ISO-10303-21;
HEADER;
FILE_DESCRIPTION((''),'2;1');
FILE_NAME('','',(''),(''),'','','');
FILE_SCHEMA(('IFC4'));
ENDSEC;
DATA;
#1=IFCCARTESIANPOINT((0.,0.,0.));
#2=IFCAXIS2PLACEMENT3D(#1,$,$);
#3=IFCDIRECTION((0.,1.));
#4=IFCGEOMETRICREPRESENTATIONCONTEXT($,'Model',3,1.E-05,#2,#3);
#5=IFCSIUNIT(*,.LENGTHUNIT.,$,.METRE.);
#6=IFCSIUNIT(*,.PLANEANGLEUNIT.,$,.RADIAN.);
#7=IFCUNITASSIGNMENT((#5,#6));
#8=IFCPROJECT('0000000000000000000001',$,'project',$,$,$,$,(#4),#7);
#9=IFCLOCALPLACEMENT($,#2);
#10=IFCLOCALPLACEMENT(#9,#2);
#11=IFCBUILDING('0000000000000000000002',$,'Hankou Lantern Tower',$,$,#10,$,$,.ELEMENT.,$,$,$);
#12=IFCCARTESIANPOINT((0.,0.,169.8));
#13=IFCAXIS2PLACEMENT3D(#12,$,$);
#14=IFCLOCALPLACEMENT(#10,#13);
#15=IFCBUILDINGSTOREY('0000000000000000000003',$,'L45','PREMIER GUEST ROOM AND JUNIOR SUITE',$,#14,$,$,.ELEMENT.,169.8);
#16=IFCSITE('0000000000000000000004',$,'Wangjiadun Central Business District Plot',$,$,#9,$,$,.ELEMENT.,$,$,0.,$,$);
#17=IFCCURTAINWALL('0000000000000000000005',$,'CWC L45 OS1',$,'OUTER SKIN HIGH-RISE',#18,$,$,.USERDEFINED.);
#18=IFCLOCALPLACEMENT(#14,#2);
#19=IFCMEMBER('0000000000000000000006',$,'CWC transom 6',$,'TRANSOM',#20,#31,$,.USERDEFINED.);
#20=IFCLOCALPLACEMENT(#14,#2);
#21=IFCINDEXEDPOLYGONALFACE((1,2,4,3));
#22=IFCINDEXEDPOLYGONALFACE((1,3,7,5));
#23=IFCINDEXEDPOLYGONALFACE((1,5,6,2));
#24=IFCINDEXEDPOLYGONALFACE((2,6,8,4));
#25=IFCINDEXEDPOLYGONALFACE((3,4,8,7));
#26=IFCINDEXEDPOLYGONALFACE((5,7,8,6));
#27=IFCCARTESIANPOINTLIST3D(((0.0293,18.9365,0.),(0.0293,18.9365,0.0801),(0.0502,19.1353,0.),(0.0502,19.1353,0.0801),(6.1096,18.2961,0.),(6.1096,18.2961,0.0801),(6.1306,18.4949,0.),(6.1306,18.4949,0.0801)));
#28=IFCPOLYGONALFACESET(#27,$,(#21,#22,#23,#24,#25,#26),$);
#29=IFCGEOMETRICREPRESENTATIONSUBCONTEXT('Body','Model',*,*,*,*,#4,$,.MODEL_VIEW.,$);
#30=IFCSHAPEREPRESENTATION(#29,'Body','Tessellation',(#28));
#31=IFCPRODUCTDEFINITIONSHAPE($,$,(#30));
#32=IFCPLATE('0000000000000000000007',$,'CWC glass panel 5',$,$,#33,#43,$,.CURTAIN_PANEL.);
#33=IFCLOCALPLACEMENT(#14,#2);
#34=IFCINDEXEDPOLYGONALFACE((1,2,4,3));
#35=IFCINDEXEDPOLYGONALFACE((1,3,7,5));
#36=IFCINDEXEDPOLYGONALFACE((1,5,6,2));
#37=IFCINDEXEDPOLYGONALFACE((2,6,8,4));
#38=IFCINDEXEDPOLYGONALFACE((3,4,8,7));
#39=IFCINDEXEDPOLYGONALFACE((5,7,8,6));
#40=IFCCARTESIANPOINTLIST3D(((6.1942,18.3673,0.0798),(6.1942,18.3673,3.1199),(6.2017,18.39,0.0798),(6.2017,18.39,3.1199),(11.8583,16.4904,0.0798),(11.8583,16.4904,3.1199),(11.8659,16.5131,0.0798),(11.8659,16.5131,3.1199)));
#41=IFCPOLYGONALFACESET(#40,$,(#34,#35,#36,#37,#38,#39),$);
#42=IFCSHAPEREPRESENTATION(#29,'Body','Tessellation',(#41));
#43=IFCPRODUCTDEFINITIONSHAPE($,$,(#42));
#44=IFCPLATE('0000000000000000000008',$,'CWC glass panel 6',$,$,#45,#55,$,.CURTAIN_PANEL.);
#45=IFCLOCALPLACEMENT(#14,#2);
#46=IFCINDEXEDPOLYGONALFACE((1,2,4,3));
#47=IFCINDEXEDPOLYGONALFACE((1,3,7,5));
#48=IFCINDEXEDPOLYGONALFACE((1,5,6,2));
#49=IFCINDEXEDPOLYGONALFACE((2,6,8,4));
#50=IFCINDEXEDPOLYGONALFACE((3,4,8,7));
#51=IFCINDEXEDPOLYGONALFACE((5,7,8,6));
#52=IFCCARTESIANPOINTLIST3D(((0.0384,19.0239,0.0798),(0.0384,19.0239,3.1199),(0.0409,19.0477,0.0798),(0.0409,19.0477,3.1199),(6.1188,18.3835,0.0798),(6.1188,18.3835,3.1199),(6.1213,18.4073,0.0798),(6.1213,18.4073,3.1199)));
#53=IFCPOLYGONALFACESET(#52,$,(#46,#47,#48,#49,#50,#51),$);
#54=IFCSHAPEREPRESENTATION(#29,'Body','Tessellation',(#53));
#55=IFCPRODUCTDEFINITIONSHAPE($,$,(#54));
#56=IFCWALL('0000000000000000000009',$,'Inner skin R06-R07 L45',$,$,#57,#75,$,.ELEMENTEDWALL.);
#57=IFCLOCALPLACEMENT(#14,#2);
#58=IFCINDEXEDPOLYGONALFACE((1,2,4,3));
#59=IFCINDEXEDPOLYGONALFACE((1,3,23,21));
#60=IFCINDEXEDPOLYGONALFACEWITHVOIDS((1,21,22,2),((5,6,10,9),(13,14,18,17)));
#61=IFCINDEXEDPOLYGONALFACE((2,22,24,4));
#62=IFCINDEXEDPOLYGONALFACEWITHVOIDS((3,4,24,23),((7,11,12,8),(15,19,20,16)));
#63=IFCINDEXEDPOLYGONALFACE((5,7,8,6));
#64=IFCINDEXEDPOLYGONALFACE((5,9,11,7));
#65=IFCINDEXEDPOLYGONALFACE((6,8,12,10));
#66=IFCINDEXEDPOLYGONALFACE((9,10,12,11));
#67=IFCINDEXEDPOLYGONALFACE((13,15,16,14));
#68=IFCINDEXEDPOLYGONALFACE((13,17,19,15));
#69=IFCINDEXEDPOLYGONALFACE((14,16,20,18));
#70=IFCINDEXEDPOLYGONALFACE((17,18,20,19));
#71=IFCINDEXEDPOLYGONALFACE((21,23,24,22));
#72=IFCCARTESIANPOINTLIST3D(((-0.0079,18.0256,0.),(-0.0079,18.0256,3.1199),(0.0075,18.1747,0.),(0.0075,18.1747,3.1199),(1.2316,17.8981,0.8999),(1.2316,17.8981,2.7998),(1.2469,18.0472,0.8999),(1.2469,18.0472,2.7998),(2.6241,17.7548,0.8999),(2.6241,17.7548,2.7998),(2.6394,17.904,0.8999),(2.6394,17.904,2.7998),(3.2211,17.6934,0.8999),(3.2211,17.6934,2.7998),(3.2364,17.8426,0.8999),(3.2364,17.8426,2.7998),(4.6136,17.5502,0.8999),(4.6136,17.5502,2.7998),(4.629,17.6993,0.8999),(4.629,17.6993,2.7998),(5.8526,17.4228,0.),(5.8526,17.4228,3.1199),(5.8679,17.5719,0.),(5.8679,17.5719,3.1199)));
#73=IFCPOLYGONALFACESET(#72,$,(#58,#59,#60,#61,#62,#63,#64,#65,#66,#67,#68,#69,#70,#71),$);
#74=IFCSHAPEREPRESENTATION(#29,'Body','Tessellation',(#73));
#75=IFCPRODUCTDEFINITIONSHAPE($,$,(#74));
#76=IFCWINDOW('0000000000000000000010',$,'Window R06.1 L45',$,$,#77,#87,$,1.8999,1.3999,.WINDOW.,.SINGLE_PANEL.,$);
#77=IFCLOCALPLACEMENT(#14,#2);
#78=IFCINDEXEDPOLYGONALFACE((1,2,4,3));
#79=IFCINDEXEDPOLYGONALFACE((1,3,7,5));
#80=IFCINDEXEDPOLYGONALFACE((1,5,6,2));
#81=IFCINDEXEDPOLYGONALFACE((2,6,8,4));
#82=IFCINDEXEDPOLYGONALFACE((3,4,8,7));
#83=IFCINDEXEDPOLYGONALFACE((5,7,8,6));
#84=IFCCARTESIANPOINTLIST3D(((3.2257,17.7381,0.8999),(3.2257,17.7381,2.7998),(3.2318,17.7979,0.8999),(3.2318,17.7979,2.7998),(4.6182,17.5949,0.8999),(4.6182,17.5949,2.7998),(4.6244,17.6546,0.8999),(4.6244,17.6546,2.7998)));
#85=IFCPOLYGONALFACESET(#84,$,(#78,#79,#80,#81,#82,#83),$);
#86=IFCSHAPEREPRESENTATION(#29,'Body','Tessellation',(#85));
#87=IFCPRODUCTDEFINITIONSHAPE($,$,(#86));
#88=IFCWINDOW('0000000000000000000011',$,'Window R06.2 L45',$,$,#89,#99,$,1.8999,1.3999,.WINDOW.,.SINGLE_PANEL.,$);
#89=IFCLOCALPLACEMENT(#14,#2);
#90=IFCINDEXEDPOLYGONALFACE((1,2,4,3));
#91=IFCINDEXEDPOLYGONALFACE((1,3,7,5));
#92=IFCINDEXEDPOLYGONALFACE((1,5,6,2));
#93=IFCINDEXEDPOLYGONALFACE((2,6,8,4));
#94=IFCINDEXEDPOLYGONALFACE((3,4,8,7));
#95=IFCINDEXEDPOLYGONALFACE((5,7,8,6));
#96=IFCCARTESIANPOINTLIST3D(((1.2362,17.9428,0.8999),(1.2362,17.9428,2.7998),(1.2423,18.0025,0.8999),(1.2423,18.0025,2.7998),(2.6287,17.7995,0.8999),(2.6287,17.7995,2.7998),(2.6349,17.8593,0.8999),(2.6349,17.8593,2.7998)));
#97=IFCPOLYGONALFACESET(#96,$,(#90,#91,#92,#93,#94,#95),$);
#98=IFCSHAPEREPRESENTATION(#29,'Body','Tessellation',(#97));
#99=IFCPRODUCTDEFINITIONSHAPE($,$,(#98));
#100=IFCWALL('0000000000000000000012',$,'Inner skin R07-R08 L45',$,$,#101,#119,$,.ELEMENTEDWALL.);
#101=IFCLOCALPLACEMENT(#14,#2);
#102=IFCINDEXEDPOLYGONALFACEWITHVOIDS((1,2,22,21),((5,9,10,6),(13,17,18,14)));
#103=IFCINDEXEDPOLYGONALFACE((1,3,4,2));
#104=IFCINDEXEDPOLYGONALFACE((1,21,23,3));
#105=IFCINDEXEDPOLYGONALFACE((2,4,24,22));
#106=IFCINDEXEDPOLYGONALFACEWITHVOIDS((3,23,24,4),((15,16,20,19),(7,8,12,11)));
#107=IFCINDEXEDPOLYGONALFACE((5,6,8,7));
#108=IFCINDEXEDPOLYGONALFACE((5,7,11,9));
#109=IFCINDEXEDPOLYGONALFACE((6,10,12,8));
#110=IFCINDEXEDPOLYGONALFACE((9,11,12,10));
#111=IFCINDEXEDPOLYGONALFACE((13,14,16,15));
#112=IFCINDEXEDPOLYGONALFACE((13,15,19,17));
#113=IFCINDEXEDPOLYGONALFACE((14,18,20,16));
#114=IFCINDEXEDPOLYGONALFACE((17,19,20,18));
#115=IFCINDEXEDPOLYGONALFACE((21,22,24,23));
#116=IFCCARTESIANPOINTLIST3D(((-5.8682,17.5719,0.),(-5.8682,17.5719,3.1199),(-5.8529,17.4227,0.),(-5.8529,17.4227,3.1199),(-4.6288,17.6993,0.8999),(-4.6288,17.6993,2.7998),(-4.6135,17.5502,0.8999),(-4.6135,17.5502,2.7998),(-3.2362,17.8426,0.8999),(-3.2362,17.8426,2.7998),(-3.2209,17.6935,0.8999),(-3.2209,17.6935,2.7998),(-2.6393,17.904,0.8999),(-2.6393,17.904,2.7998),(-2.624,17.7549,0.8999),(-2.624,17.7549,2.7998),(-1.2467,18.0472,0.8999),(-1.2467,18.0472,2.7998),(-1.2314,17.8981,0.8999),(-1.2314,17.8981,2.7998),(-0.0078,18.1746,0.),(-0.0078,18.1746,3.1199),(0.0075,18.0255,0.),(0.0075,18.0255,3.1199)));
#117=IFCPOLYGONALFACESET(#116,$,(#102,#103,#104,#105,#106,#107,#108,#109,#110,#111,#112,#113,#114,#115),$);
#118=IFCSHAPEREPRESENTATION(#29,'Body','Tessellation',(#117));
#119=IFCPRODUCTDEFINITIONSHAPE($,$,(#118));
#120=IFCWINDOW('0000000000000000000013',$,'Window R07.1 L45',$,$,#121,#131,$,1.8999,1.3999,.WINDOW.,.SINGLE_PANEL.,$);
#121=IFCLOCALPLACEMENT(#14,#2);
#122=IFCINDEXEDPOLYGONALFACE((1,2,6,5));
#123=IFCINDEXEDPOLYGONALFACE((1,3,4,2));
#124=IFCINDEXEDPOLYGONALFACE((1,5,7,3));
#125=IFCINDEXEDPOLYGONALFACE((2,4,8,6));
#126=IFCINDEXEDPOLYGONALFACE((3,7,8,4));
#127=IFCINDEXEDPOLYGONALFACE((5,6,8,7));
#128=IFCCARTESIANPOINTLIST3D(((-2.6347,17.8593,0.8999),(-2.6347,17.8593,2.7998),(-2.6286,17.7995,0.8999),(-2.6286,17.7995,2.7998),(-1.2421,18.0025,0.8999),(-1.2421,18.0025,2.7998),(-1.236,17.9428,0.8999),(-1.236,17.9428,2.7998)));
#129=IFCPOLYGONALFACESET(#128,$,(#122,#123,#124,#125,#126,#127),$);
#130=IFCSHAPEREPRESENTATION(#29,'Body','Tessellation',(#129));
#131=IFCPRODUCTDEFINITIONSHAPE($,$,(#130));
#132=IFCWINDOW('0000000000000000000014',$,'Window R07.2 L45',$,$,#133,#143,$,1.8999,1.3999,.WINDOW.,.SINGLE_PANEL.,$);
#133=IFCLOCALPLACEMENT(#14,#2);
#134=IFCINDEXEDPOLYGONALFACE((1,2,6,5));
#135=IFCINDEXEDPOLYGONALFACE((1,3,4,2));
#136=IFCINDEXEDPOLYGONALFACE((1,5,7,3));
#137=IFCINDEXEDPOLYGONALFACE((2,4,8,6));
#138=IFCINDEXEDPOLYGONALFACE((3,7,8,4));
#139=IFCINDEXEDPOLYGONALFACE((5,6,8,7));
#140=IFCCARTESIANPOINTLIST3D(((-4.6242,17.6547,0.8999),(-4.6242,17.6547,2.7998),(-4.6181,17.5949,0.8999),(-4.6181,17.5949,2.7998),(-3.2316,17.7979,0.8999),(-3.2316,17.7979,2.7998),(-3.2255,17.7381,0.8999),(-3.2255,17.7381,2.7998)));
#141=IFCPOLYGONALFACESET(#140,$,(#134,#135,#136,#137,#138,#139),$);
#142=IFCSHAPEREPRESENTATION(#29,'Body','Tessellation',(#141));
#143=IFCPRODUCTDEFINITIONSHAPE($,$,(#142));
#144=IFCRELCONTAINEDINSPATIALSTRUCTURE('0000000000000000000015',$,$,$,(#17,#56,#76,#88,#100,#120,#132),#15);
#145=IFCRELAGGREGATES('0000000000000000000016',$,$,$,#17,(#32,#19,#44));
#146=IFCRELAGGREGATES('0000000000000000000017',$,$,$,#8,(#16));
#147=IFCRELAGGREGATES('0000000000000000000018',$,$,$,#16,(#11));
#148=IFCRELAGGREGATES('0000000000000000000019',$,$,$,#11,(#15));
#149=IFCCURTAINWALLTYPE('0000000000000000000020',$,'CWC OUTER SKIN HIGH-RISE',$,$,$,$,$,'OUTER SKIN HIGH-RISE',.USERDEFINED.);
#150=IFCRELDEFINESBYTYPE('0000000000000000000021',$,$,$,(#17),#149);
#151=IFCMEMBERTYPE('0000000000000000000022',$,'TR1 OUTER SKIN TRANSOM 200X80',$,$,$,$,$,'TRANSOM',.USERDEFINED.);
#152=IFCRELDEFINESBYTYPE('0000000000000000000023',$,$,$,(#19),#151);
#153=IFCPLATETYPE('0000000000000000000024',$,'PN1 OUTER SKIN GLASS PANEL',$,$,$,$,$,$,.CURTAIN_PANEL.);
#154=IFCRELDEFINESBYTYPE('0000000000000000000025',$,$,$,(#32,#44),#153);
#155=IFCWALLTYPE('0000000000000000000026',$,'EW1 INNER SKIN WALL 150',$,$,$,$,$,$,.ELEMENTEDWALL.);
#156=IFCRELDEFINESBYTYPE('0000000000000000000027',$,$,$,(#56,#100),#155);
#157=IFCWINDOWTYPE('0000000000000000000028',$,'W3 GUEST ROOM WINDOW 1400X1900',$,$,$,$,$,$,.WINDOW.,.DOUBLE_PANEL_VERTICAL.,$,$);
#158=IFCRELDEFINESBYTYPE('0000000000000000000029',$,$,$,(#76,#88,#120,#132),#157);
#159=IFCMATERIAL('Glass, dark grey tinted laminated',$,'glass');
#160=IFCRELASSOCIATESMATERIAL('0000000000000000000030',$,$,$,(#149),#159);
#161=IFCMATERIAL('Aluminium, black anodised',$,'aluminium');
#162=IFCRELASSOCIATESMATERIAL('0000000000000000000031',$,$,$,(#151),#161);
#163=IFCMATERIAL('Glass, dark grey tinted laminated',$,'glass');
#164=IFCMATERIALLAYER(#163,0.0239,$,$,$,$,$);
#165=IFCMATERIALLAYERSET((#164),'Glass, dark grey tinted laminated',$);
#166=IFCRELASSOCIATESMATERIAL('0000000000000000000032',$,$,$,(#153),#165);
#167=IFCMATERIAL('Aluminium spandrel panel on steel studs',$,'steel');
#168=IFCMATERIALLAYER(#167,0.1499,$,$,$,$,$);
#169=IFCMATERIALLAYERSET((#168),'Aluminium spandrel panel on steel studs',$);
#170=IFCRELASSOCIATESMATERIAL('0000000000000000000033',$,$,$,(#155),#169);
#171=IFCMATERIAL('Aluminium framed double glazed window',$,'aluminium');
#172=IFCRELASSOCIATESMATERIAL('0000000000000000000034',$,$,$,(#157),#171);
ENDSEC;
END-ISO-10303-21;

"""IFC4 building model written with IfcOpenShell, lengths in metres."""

from ifc_helpers import new_model, si_unit, direction, frame, frame_2d, origin, origin_2d, place, context, subcontext, project, spatial, rectangle, extrude, material, layer, layer_set, material_profile, profile_set, type_object, element, fill, aggregate, save


model = new_model("IFC4")

# Units and contexts
model_context = context("Model", 3, precision=1e-05, world=origin(), true_north=direction((0.0, 1.0)))
body_context = subcontext(model_context, "Body", "Model", "MODEL_VIEW")
ifc_project = project(units=[si_unit("LENGTHUNIT", "METRE"), si_unit("PLANEANGLEUNIT", "RADIAN")], contexts=[model_context])

# Site, building, storey
site_placement = place(None, origin())
site = spatial("IfcSite", under=ifc_project, at=site_placement, Name="Wangjiadun Central Business District Plot", CompositionType="ELEMENT", RefElevation=0.0)
building_placement = place(site_placement, origin())
building = spatial("IfcBuilding", under=site, at=building_placement, Name="Hankou Lantern Tower", CompositionType="ELEMENT")
storey_placement = place(building_placement, frame((0.0, 0.0, 169.8)))
storey = spatial("IfcBuildingStorey", under=building, at=storey_placement, Name="L45", Description="PREMIER GUEST ROOM AND JUNIOR SUITE", CompositionType="ELEMENT", Elevation=169.8)

# Curtain wall
ifc_material_1 = material(Name="Glass, dark grey tinted laminated", Category="glass")
curtain_wall_type = type_object("IfcCurtainWallType", Name="CWC OUTER SKIN HIGH-RISE", ElementType="OUTER SKIN HIGH-RISE", PredefinedType="USERDEFINED", material=ifc_material_1)
curtain_wall_1_placement = place(storey_placement, origin())
curtain_wall_1 = element("IfcCurtainWall", 1, at=curtain_wall_1_placement, inside=storey, type_object=curtain_wall_type, Name="CWC L45 OS1", ObjectType="OUTER SKIN HIGH-RISE", PredefinedType="USERDEFINED")

# Member
ifc_material_2 = material(Name="Aluminium, black anodised", Category="aluminium")
ifc_material_profile_1 = material_profile(ifc_material_2, rectangle(XDim=0.2, YDim=0.0801, at=origin_2d()), Name="TR1 200X80")
ifc_profile_set_1 = profile_set([ifc_material_profile_1], Name="Aluminium, black anodised")
member_type_1 = type_object("IfcMemberType", Name="TR1 OUTER SKIN TRANSOM 200X80", ElementType="TRANSOM", PredefinedType="USERDEFINED", material=ifc_profile_set_1)
member_1_placement = place(storey_placement, frame((6.1201, 18.3955, 0.04), z_axis=(-0.9945, 0.104741, 0.0), x_axis=(-0.104741, -0.9945, 0.0)))
member_1 = element("IfcMember", 2, at=member_1_placement, type_object=member_type_1, Name="CWC transom 6", ObjectType="TRANSOM", PredefinedType="USERDEFINED", context=body_context, shape_type="SweptSolid", body=[
    extrude(rectangle(XDim=0.2, YDim=0.0801, at=origin_2d()), origin(), (0.0, 0.0, 1.0), 6.114),
])

# Plates
ifc_material_3 = material(Name="Glass, dark grey tinted laminated", Category="glass")
ifc_layer_1 = layer(ifc_material_3, 0.0239)
ifc_layer_set_1 = layer_set([ifc_layer_1], Name="Glass, dark grey tinted laminated")
plate_type = type_object("IfcPlateType", Name="PN1 OUTER SKIN GLASS PANEL", PredefinedType="CURTAIN_PANEL", material=ifc_layer_set_1)
plate_1_placement = place(storey_placement, frame((9.03, 17.4402, 0.0798), z_axis=(0.0, 0.0, 1.0), x_axis=(-0.949241, 0.314551, 0.0)))
plate_1 = element("IfcPlate", 3, at=plate_1_placement, type_object=plate_type, Name="CWC glass panel 5", PredefinedType="CURTAIN_PANEL", context=body_context, shape_type="SweptSolid", body=[
    extrude(rectangle(XDim=5.967, YDim=0.0239, at=origin_2d()), origin(), (0.0, 0.0, 1.0), 3.04),
])
plate_2_placement = place(storey_placement, frame((3.0798, 18.7156, 0.0798), z_axis=(0.0, 0.0, 1.0), x_axis=(-0.994499, 0.104743, 0.0)))
plate_2 = element("IfcPlate", 4, at=plate_2_placement, type_object=plate_type, Name="CWC glass panel 6", PredefinedType="CURTAIN_PANEL", context=body_context, shape_type="SweptSolid", body=[
    extrude(rectangle(XDim=6.114, YDim=0.0239, at=origin_2d()), origin(), (0.0, 0.0, 1.0), 3.04),
])
aggregate(curtain_wall_1, [plate_1, member_1, plate_2])

# Walls, openings, windows
ifc_material_4 = material(Name="Aluminium spandrel panel on steel studs", Category="steel")
ifc_layer_2 = layer(ifc_material_4, 0.1499)
ifc_layer_set_2 = layer_set([ifc_layer_2], Name="Aluminium spandrel panel on steel studs")
wall_type_1 = type_object("IfcWallType", Name="EW1 INNER SKIN WALL 150", PredefinedType="ELEMENTEDWALL", material=ifc_layer_set_2)
wall_1_placement = place(storey_placement, frame((5.8604, 17.4973, 0.0), z_axis=(0.0, 0.0, 1.0), x_axis=(-0.994752, 0.102318, 0.0)))
wall_1 = element("IfcWall", 5, at=wall_1_placement, inside=storey, type_object=wall_type_1, Name="Inner skin R06-R07 L45", PredefinedType="ELEMENTEDWALL", context=body_context, shape_type="SweptSolid", body=[
    extrude(rectangle(XDim=5.8914, YDim=0.1499, at=frame_2d((2.9458, 0.0))), origin(), (0.0, 0.0, 1.0), 3.1199),
])
opening_1_placement = place(wall_1_placement, frame((1.2456, 0.0, 0.8999)))
opening_1 = element("IfcOpeningElement", 6, at=opening_1_placement, cuts=wall_1, PredefinedType="OPENING", context=body_context, shape_type="SweptSolid", body=[
    extrude(rectangle(XDim=1.3999, YDim=1.8999, at=frame_2d((0.7, 0.95))), frame((0.0, 0.085, 0.0), z_axis=(0.0, -1.0, 0.0), x_axis=(1.0, 0.0, 0.0)), (0.0, 0.0, 1.0), 0.1699),
])
opening_2_placement = place(wall_1_placement, frame((3.2456, 0.0, 0.8999)))
opening_2 = element("IfcOpeningElement", 7, at=opening_2_placement, cuts=wall_1, PredefinedType="OPENING", context=body_context, shape_type="SweptSolid", body=[
    extrude(rectangle(XDim=1.3999, YDim=1.8999, at=frame_2d((0.7, 0.95))), frame((0.0, 0.085, 0.0), z_axis=(0.0, -1.0, 0.0), x_axis=(1.0, 0.0, 0.0)), (0.0, 0.0, 1.0), 0.1699),
])
ifc_material_5 = material(Name="Aluminium framed double glazed window", Category="aluminium")
window_type = type_object("IfcWindowType", Name="W3 GUEST ROOM WINDOW 1400X1900", PartitioningType="DOUBLE_PANEL_VERTICAL", PredefinedType="WINDOW", material=ifc_material_5)
window_1_placement = place(opening_1_placement, origin())
window_1 = element("IfcWindow", 8, at=window_1_placement, inside=storey, type_object=window_type, Name="Window R06.1 L45", OverallHeight=1.8999, OverallWidth=1.3999, PartitioningType="SINGLE_PANEL", PredefinedType="WINDOW", context=body_context, shape_type="SweptSolid", body=[
    extrude(rectangle(XDim=1.3999, YDim=1.8999, at=frame_2d((0.7, 0.95))), frame((0.0, 0.03, 0.0), z_axis=(0.0, -1.0, 0.0), x_axis=(1.0, 0.0, 0.0)), (0.0, 0.0, 1.0), 0.0601),
])
fill(opening_1, window_1)
window_2_placement = place(opening_2_placement, origin())
window_2 = element("IfcWindow", 9, at=window_2_placement, inside=storey, type_object=window_type, Name="Window R06.2 L45", OverallHeight=1.8999, OverallWidth=1.3999, PartitioningType="SINGLE_PANEL", PredefinedType="WINDOW", context=body_context, shape_type="SweptSolid", body=[
    extrude(rectangle(XDim=1.3999, YDim=1.8999, at=frame_2d((0.7, 0.95))), frame((0.0, 0.03, 0.0), z_axis=(0.0, -1.0, 0.0), x_axis=(1.0, 0.0, 0.0)), (0.0, 0.0, 1.0), 0.0601),
])
fill(opening_2, window_2)
wall_2_placement = place(storey_placement, frame((0.0, 18.1001, 0.0), z_axis=(0.0, 0.0, 1.0), x_axis=(-0.994752, -0.102318, 0.0)))
wall_2 = element("IfcWall", 10, at=wall_2_placement, inside=storey, type_object=wall_type_1, Name="Inner skin R07-R08 L45", PredefinedType="ELEMENTEDWALL", context=body_context, shape_type="SweptSolid", body=[
    extrude(rectangle(XDim=5.8914, YDim=0.1499, at=frame_2d((2.9458, 0.0))), origin(), (0.0, 0.0, 1.0), 3.1199),
])
opening_3_placement = place(wall_2_placement, frame((1.2456, 0.0, 0.8999)))
opening_3 = element("IfcOpeningElement", 11, at=opening_3_placement, cuts=wall_2, PredefinedType="OPENING", context=body_context, shape_type="SweptSolid", body=[
    extrude(rectangle(XDim=1.3999, YDim=1.8999, at=frame_2d((0.7, 0.95))), frame((0.0, 0.085, 0.0), z_axis=(0.0, -1.0, 0.0), x_axis=(1.0, 0.0, 0.0)), (0.0, 0.0, 1.0), 0.1699),
])
opening_4_placement = place(wall_2_placement, frame((3.2456, 0.0, 0.8999)))
opening_4 = element("IfcOpeningElement", 12, at=opening_4_placement, cuts=wall_2, PredefinedType="OPENING", context=body_context, shape_type="SweptSolid", body=[
    extrude(rectangle(XDim=1.3999, YDim=1.8999, at=frame_2d((0.7, 0.95))), frame((0.0, 0.085, 0.0), z_axis=(0.0, -1.0, 0.0), x_axis=(1.0, 0.0, 0.0)), (0.0, 0.0, 1.0), 0.1699),
])
window_3_placement = place(opening_3_placement, origin())
window_3 = element("IfcWindow", 13, at=window_3_placement, inside=storey, type_object=window_type, Name="Window R07.1 L45", OverallHeight=1.8999, OverallWidth=1.3999, PartitioningType="SINGLE_PANEL", PredefinedType="WINDOW", context=body_context, shape_type="SweptSolid", body=[
    extrude(rectangle(XDim=1.3999, YDim=1.8999, at=frame_2d((0.7, 0.95))), frame((0.0, 0.03, 0.0), z_axis=(0.0, -1.0, 0.0), x_axis=(1.0, 0.0, 0.0)), (0.0, 0.0, 1.0), 0.0601),
])
fill(opening_3, window_3)
window_4_placement = place(opening_4_placement, origin())
window_4 = element("IfcWindow", 14, at=window_4_placement, inside=storey, type_object=window_type, Name="Window R07.2 L45", OverallHeight=1.8999, OverallWidth=1.3999, PartitioningType="SINGLE_PANEL", PredefinedType="WINDOW", context=body_context, shape_type="SweptSolid", body=[
    extrude(rectangle(XDim=1.3999, YDim=1.8999, at=frame_2d((0.7, 0.95))), frame((0.0, 0.03, 0.0), z_axis=(0.0, -1.0, 0.0), x_axis=(1.0, 0.0, 0.0)), (0.0, 0.0, 1.0), 0.0601),
])
fill(opening_4, window_4)

save(model, "model.ifc")
